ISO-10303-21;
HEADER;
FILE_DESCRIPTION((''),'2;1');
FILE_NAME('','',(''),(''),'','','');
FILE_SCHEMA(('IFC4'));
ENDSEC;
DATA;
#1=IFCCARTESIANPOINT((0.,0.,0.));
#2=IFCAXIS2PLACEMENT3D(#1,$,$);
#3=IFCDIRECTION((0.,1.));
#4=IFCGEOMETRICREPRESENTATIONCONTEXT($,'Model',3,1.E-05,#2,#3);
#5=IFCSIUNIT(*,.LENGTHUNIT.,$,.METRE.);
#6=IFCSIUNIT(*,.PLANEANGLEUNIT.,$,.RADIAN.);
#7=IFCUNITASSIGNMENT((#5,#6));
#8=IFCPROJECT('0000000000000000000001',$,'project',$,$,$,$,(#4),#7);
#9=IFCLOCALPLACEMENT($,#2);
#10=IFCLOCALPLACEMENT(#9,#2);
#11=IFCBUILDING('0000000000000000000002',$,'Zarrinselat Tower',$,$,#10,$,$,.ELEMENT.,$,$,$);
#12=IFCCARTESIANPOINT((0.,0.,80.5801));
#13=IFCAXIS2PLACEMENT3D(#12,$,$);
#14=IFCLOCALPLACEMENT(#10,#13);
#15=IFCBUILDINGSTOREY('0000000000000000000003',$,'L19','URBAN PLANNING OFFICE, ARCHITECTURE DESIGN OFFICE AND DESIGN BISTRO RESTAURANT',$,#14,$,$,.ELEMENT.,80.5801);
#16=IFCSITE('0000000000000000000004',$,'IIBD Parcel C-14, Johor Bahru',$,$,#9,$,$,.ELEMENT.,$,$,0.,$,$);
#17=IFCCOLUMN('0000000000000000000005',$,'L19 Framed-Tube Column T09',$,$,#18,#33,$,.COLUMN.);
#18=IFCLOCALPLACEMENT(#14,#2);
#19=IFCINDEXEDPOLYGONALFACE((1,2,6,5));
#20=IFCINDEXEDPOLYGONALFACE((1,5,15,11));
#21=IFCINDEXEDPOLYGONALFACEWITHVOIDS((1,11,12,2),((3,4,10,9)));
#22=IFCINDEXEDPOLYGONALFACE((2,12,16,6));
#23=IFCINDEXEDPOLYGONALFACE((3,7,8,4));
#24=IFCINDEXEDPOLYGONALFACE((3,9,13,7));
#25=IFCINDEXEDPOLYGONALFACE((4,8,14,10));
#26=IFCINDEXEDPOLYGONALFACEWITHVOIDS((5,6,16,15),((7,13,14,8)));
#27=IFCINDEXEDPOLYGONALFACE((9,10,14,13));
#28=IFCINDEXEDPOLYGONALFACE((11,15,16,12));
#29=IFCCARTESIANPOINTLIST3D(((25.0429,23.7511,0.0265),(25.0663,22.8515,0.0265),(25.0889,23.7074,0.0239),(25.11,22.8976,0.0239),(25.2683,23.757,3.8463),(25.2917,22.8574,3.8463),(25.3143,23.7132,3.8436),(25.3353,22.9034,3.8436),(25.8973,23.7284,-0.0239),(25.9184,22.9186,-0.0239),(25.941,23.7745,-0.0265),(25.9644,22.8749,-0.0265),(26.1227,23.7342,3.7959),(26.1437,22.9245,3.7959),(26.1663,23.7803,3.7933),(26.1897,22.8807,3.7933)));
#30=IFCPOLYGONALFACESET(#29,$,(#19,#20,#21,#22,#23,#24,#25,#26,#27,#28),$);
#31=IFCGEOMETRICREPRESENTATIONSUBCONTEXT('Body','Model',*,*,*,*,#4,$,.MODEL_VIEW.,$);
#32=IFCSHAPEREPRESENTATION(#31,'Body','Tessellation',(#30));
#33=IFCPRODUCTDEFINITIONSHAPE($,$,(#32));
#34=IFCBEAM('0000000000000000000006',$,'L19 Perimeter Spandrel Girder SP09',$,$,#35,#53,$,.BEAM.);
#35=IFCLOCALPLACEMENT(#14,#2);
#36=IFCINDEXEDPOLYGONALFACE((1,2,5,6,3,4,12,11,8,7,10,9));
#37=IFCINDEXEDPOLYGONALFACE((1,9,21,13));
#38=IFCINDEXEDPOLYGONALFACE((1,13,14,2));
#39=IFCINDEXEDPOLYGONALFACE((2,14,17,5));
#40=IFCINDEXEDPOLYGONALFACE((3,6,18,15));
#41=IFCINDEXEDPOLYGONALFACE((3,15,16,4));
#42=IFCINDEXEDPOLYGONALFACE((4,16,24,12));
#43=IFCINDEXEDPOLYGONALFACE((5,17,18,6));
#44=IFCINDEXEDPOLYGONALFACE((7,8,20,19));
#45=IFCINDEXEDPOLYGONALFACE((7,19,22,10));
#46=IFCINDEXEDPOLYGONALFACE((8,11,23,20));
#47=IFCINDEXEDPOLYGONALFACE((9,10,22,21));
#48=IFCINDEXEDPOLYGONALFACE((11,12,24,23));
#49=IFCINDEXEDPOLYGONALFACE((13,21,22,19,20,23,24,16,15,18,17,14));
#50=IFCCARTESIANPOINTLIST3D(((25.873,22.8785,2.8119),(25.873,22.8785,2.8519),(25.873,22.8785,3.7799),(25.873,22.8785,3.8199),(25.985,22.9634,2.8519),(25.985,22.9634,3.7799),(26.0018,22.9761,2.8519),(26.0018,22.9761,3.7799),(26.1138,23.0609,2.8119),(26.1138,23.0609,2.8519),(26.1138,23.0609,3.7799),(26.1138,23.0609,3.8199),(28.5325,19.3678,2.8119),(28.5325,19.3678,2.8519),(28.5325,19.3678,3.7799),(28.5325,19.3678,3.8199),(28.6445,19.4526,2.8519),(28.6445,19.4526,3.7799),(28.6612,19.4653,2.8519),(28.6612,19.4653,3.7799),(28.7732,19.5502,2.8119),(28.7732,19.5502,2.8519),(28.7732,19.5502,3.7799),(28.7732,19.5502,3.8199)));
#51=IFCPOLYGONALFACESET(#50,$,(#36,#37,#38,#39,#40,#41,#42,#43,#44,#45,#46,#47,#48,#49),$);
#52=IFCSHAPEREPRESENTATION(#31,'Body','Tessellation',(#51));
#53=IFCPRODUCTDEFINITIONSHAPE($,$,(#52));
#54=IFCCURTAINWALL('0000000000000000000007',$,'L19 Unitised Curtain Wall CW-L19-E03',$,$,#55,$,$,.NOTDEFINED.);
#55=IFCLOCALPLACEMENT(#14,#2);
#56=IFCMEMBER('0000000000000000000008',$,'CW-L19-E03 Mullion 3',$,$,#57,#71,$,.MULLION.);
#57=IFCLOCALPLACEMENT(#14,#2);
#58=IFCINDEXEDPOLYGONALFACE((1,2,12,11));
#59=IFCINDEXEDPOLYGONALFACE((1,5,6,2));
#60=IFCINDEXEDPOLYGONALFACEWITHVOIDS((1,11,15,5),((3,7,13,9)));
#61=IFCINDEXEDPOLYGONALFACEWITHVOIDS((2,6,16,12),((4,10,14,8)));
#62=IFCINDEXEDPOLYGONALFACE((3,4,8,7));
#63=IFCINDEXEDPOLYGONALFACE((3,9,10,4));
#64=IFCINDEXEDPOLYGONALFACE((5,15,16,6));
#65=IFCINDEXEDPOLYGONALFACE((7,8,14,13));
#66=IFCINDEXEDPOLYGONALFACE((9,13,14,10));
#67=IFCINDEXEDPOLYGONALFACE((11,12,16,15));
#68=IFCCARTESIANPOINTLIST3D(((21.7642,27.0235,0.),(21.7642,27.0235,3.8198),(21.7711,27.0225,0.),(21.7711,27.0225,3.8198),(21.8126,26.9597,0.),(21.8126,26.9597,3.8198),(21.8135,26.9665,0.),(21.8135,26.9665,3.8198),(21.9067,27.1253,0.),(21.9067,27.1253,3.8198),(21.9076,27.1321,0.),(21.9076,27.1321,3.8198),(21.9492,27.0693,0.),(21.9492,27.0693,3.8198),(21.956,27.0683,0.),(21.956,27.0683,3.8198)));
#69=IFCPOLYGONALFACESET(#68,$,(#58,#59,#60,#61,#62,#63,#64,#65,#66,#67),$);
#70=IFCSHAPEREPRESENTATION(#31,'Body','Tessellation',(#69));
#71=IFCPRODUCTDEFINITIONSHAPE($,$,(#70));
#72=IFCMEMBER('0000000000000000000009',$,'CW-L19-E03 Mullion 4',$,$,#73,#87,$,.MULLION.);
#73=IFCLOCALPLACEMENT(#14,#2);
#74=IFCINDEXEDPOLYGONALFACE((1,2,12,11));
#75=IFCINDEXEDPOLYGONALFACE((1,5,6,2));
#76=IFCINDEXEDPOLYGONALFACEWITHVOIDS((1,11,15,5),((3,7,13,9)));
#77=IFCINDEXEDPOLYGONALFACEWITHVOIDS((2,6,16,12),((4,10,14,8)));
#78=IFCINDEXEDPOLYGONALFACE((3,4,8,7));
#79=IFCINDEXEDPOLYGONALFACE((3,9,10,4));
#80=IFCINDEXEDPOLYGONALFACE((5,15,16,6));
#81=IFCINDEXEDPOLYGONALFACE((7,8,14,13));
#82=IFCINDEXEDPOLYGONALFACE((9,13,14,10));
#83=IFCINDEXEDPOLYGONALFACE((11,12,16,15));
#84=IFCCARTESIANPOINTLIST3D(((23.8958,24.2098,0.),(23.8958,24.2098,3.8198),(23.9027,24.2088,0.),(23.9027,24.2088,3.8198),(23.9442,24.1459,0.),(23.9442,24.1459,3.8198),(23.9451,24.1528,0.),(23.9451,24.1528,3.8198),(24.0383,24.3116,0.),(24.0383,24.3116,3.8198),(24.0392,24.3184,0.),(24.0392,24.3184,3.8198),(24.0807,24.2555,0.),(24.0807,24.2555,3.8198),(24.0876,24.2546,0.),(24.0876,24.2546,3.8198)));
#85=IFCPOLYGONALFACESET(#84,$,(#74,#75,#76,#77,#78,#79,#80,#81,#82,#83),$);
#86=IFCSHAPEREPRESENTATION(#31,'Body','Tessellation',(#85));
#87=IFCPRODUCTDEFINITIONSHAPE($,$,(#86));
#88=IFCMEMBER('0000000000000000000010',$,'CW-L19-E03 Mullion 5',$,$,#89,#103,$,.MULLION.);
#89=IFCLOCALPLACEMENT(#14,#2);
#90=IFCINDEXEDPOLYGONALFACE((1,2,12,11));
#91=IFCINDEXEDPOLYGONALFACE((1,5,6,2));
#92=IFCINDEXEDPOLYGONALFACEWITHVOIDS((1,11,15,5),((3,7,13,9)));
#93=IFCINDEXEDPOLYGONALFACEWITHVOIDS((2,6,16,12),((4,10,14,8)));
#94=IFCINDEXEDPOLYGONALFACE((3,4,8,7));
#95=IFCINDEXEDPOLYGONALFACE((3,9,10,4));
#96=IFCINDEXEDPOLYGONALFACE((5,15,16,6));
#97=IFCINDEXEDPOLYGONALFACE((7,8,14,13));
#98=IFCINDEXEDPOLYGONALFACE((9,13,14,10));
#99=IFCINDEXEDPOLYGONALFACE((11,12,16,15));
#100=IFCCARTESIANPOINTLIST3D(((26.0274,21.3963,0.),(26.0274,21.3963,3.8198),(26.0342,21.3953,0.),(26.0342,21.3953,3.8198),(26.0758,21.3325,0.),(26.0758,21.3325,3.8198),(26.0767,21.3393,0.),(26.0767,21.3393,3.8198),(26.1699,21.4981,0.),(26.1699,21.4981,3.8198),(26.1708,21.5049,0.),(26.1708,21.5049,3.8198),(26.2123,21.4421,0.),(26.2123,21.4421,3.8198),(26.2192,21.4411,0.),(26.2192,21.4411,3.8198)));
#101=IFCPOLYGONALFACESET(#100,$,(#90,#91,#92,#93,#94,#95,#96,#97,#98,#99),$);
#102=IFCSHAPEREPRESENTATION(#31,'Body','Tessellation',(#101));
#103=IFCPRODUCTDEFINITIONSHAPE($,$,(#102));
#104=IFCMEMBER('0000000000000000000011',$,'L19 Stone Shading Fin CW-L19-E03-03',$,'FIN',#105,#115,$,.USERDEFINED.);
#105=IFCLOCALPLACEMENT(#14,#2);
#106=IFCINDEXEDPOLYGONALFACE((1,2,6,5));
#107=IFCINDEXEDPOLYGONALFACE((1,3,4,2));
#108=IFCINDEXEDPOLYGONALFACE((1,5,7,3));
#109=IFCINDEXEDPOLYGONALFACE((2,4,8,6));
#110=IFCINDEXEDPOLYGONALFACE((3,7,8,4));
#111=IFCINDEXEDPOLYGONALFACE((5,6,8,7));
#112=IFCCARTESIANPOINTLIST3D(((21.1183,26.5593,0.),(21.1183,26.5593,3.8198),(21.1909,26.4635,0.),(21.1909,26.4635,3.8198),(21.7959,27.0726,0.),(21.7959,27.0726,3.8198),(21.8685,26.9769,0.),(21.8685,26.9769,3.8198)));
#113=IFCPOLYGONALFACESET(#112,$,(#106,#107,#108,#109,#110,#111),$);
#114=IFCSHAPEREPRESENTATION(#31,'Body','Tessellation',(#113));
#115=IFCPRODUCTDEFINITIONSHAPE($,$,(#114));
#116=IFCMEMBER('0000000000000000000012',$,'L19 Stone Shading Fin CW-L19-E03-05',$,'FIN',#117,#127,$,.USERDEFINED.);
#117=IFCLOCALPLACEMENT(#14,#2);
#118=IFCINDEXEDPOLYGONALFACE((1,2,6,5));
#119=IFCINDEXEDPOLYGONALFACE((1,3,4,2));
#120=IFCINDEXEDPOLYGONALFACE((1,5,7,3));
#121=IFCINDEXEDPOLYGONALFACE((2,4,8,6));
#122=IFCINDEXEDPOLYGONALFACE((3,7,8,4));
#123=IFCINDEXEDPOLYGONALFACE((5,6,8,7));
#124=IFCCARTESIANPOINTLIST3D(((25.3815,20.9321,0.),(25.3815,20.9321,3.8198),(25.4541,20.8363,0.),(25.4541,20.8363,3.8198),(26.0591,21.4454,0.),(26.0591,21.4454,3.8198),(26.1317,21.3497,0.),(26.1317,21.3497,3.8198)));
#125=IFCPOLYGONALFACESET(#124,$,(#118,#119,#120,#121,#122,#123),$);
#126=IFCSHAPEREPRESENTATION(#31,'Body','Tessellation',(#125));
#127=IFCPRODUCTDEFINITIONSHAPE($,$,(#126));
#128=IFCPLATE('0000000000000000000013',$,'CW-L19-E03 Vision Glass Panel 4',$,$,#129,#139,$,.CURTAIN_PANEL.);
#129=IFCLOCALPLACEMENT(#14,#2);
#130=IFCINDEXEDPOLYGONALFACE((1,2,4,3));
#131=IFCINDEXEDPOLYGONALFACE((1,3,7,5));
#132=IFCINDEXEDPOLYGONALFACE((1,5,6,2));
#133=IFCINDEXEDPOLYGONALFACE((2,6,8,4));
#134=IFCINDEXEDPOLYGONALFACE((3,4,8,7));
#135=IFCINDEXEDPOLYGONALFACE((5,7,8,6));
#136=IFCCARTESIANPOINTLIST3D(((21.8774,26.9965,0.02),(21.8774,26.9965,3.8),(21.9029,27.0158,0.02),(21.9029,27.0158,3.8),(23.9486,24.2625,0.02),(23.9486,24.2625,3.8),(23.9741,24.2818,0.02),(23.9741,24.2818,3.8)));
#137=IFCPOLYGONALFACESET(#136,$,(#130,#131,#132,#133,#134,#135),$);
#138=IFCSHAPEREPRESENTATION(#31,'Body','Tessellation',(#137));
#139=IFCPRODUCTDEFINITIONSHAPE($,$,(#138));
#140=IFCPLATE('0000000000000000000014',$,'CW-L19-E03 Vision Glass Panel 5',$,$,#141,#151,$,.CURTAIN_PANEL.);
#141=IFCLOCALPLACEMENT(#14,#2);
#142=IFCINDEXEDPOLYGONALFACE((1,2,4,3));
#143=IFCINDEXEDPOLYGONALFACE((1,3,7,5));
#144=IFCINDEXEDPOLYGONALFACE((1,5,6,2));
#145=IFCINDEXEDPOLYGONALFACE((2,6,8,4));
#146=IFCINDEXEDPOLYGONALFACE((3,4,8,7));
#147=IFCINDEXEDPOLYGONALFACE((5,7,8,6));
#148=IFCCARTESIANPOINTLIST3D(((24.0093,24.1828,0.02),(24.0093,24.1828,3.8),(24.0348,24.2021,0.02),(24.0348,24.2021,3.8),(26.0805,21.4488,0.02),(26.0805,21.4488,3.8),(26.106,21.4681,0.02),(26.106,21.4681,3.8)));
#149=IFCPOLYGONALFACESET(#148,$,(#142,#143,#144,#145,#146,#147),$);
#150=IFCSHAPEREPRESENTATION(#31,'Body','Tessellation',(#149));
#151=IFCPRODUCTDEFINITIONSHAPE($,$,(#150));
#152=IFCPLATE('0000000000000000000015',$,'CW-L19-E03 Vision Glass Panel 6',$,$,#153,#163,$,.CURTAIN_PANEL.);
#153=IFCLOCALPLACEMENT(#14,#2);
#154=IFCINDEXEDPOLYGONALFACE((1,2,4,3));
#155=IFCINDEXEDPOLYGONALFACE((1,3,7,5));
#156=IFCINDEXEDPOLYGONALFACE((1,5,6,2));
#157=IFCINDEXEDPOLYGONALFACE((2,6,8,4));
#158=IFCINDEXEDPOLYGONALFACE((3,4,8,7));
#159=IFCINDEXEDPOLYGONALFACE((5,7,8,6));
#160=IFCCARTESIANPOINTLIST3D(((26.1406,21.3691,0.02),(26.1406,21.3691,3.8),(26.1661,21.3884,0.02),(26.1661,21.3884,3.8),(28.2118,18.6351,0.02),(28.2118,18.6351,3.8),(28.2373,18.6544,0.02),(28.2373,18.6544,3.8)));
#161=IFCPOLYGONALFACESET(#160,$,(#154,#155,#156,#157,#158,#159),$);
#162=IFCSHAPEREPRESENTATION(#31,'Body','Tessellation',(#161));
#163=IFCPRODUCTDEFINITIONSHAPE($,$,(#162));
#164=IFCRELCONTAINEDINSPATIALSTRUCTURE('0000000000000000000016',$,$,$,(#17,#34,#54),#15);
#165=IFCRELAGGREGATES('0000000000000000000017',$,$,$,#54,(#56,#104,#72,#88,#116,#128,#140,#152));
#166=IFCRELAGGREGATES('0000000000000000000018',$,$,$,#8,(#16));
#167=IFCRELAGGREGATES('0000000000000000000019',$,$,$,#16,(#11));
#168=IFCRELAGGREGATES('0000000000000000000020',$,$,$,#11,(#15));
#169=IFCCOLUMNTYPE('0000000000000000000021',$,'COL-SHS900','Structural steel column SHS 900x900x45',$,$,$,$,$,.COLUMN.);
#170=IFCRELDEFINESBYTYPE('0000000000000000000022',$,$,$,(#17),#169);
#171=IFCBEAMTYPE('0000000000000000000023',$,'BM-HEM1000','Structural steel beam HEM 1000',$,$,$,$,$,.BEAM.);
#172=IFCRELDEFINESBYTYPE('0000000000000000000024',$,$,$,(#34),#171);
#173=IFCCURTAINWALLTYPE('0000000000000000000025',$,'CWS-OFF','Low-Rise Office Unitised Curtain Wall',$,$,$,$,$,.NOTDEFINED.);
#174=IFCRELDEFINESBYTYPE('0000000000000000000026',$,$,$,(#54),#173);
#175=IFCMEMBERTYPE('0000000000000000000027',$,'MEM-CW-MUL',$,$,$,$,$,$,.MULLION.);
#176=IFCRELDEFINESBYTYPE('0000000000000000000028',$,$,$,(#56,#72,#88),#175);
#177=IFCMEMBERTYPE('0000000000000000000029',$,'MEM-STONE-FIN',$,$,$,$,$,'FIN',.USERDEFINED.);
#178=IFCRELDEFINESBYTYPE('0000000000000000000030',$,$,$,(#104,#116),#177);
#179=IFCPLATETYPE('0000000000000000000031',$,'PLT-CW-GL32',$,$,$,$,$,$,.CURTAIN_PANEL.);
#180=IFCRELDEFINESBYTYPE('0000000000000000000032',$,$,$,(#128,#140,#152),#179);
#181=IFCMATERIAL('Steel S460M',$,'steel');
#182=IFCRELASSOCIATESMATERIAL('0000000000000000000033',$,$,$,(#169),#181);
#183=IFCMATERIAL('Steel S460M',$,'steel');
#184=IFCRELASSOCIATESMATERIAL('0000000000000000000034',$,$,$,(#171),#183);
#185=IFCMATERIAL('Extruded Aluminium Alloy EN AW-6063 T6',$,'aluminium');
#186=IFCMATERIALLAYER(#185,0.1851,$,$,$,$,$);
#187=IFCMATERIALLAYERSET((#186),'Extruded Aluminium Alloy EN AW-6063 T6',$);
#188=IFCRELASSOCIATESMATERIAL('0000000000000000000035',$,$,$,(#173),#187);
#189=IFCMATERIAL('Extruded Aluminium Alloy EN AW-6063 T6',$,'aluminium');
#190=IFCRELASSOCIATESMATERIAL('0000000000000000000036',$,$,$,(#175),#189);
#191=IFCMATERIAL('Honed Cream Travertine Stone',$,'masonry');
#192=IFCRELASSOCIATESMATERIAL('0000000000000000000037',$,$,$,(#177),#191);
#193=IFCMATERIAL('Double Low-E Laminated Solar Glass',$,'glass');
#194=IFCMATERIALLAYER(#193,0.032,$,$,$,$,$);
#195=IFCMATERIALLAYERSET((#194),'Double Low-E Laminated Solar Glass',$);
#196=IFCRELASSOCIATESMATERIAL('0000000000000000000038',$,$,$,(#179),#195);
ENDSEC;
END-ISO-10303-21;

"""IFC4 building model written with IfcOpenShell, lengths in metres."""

from ifc_helpers import new_model, si_unit, direction, frame, origin, origin_2d, place, context, subcontext, project, spatial, rectangle, hollow_rectangle, i_section, extrude, material, layer, layer_set, material_profile, profile_set, type_object, element, aggregate, save


model = new_model("IFC4")

# Units and contexts
model_context = context("Model", 3, precision=1e-05, world=origin(), true_north=direction((0.0, 1.0)))
body_context = subcontext(model_context, "Body", "Model", "MODEL_VIEW")
ifc_project = project(units=[si_unit("LENGTHUNIT", "METRE"), si_unit("PLANEANGLEUNIT", "RADIAN")], contexts=[model_context])

# Site, building, storey
site_placement = place(None, origin())
site = spatial("IfcSite", under=ifc_project, at=site_placement, Name="IIBD Parcel C-14, Johor Bahru", CompositionType="ELEMENT", RefElevation=0.0)
building_placement = place(site_placement, origin())
building = spatial("IfcBuilding", under=site, at=building_placement, Name="Zarrinselat Tower", CompositionType="ELEMENT")
storey_placement = place(building_placement, frame((0.0, 0.0, 80.5801)))
storey = spatial("IfcBuildingStorey", under=building, at=storey_placement, Name="L19", Description="URBAN PLANNING OFFICE, ARCHITECTURE DESIGN OFFICE AND DESIGN BISTRO RESTAURANT", CompositionType="ELEMENT", Elevation=80.5801)

# Column
ifc_material_1 = material(Name="Steel S460M", Category="steel")
ifc_material_profile_1 = material_profile(ifc_material_1, hollow_rectangle(XDim=0.8999, YDim=0.8999, WallThickness=0.0449, at=origin_2d()), Name="SHS 900x900x45")
ifc_profile_set_1 = profile_set([ifc_material_profile_1], Name="Steel S460M")
column_type = type_object("IfcColumnType", Name="COL-SHS900", Description="Structural steel column SHS 900x900x45", PredefinedType="COLUMN", material=ifc_profile_set_1)
column_placement = place(storey_placement, frame((25.5037, 23.313, 0.0), z_axis=(0.05889, 0.001531, 0.998263), x_axis=(-0.025993, 0.999662, 0.0)))
element("IfcColumn", 1, at=column_placement, inside=storey, type_object=column_type, Name="L19 Framed-Tube Column T09", PredefinedType="COLUMN", context=body_context, shape_type="SweptSolid", body=[
    extrude(hollow_rectangle(XDim=0.8999, YDim=0.8999, WallThickness=0.0449, at=origin_2d()), origin(), (0.0, 0.0, 1.0), 3.8264),
])

# Beam
ifc_material_2 = material(Name="Steel S460M", Category="steel")
ifc_material_profile_2 = material_profile(ifc_material_2, i_section(OverallWidth=0.302, OverallDepth=1.0081, WebThickness=0.021, FlangeThickness=0.04, at=origin_2d()), Name="HEM 1000")
ifc_profile_set_2 = profile_set([ifc_material_profile_2], Name="Steel S460M")
beam_type = type_object("IfcBeamType", Name="BM-HEM1000", Description="Structural steel beam HEM 1000", PredefinedType="BEAM", material=ifc_profile_set_2)
beam_placement = place(storey_placement, frame((25.9934, 22.9697, 3.3159), z_axis=(0.603825, -0.797117, 0.0), x_axis=(0.797117, 0.603825, 0.0)))
element("IfcBeam", 2, at=beam_placement, inside=storey, type_object=beam_type, Name="L19 Perimeter Spandrel Girder SP09", PredefinedType="BEAM", context=body_context, shape_type="SweptSolid", body=[
    extrude(i_section(OverallWidth=0.302, OverallDepth=1.0081, WebThickness=0.021, FlangeThickness=0.04, at=origin_2d()), origin(), (0.0, 0.0, 1.0), 4.4043),
])

# Curtain wall, members, plates
ifc_material_3 = material(Name="Extruded Aluminium Alloy EN AW-6063 T6", Category="aluminium")
ifc_layer_1 = layer(ifc_material_3, 0.1851)
ifc_layer_set_1 = layer_set([ifc_layer_1], Name="Extruded Aluminium Alloy EN AW-6063 T6")
curtain_wall_type = type_object("IfcCurtainWallType", Name="CWS-OFF", Description="Low-Rise Office Unitised Curtain Wall", PredefinedType="NOTDEFINED", material=ifc_layer_set_1)
curtain_wall_placement = place(storey_placement, origin())
curtain_wall = element("IfcCurtainWall", 3, at=curtain_wall_placement, inside=storey, type_object=curtain_wall_type, Name="L19 Unitised Curtain Wall CW-L19-E03", PredefinedType="NOTDEFINED")
ifc_material_4 = material(Name="Extruded Aluminium Alloy EN AW-6063 T6", Category="aluminium")
ifc_material_profile_3 = material_profile(ifc_material_4, hollow_rectangle(XDim=0.0801, YDim=0.1799, WallThickness=0.0049, at=origin_2d()), Name="RHS 180x80x5")
ifc_profile_set_3 = profile_set([ifc_material_profile_3], Name="Extruded Aluminium Alloy EN AW-6063 T6")
member_type_1 = type_object("IfcMemberType", Name="MEM-CW-MUL", PredefinedType="MULLION", material=ifc_profile_set_3)
member_1_placement = place(storey_placement, frame((21.8601, 27.0459, 0.0), z_axis=(0.0, 0.0, 1.0), x_axis=(0.603855, -0.797094, 0.0)))
member_1 = element("IfcMember", 4, at=member_1_placement, type_object=member_type_1, Name="CW-L19-E03 Mullion 3", PredefinedType="MULLION", context=body_context, shape_type="SweptSolid", body=[
    extrude(hollow_rectangle(XDim=0.0801, YDim=0.1799, WallThickness=0.0049, at=origin_2d()), origin(), (0.0, 0.0, 1.0), 3.8198),
])
member_2_placement = place(storey_placement, frame((23.9917, 24.2322, 0.0), z_axis=(0.0, 0.0, 1.0), x_axis=(0.603855, -0.797094, 0.0)))
member_2 = element("IfcMember", 5, at=member_2_placement, type_object=member_type_1, Name="CW-L19-E03 Mullion 4", PredefinedType="MULLION", context=body_context, shape_type="SweptSolid", body=[
    extrude(hollow_rectangle(XDim=0.0801, YDim=0.1799, WallThickness=0.0049, at=origin_2d()), origin(), (0.0, 0.0, 1.0), 3.8198),
])
member_3_placement = place(storey_placement, frame((26.1233, 21.4187, 0.0), z_axis=(0.0, 0.0, 1.0), x_axis=(0.603855, -0.797094, 0.0)))
member_3 = element("IfcMember", 6, at=member_3_placement, type_object=member_type_1, Name="CW-L19-E03 Mullion 5", PredefinedType="MULLION", context=body_context, shape_type="SweptSolid", body=[
    extrude(hollow_rectangle(XDim=0.0801, YDim=0.1799, WallThickness=0.0049, at=origin_2d()), origin(), (0.0, 0.0, 1.0), 3.8198),
])
ifc_material_5 = material(Name="Honed Cream Travertine Stone", Category="masonry")
ifc_material_profile_4 = material_profile(ifc_material_5, rectangle(XDim=0.1201, YDim=0.8501, at=origin_2d()), Name="FIN 850x120")
ifc_profile_set_4 = profile_set([ifc_material_profile_4], Name="Honed Cream Travertine Stone")
member_type_2 = type_object("IfcMemberType", Name="MEM-STONE-FIN", ElementType="FIN", PredefinedType="USERDEFINED", material=ifc_profile_set_4)
member_4_placement = place(storey_placement, frame((21.4934, 26.7681, 0.0), z_axis=(0.0, 0.0, 1.0), x_axis=(-0.603855, 0.797094, 0.0)))
member_4 = element("IfcMember", 7, at=member_4_placement, type_object=member_type_2, Name="L19 Stone Shading Fin CW-L19-E03-03", ObjectType="FIN", PredefinedType="USERDEFINED", context=body_context, shape_type="SweptSolid", body=[
    extrude(rectangle(XDim=0.1201, YDim=0.8501, at=origin_2d()), origin(), (0.0, 0.0, 1.0), 3.8198),
])
member_5_placement = place(storey_placement, frame((25.7566, 21.1409, 0.0), z_axis=(0.0, 0.0, 1.0), x_axis=(-0.603855, 0.797094, 0.0)))
member_5 = element("IfcMember", 8, at=member_5_placement, type_object=member_type_2, Name="L19 Stone Shading Fin CW-L19-E03-05", ObjectType="FIN", PredefinedType="USERDEFINED", context=body_context, shape_type="SweptSolid", body=[
    extrude(rectangle(XDim=0.1201, YDim=0.8501, at=origin_2d()), origin(), (0.0, 0.0, 1.0), 3.8198),
])
ifc_material_6 = material(Name="Double Low-E Laminated Solar Glass", Category="glass")
ifc_layer_2 = layer(ifc_material_6, 0.032)
ifc_layer_set_2 = layer_set([ifc_layer_2], Name="Double Low-E Laminated Solar Glass")
plate_type = type_object("IfcPlateType", Name="PLT-CW-GL32", PredefinedType="CURTAIN_PANEL", material=ifc_layer_set_2)
plate_1_placement = place(storey_placement, frame((22.9258, 25.6392, 0.02), z_axis=(0.0, 0.0, 1.0), x_axis=(0.603855, -0.797094, 0.0)))
plate_1 = element("IfcPlate", 9, at=plate_1_placement, type_object=plate_type, Name="CW-L19-E03 Vision Glass Panel 4", PredefinedType="CURTAIN_PANEL", context=body_context, shape_type="SweptSolid", body=[
    extrude(rectangle(XDim=3.4299, YDim=0.032, at=origin_2d()), origin(), (0.0, 0.0, 1.0), 3.78),
])
plate_2_placement = place(storey_placement, frame((25.0576, 22.8254, 0.02), z_axis=(0.0, 0.0, 1.0), x_axis=(0.603855, -0.797094, 0.0)))
plate_2 = element("IfcPlate", 10, at=plate_2_placement, type_object=plate_type, Name="CW-L19-E03 Vision Glass Panel 5", PredefinedType="CURTAIN_PANEL", context=body_context, shape_type="SweptSolid", body=[
    extrude(rectangle(XDim=3.4299, YDim=0.032, at=origin_2d()), origin(), (0.0, 0.0, 1.0), 3.78),
])
plate_3_placement = place(storey_placement, frame((27.189, 20.0117, 0.02), z_axis=(0.0, 0.0, 1.0), x_axis=(0.603855, -0.797094, 0.0)))
plate_3 = element("IfcPlate", 11, at=plate_3_placement, type_object=plate_type, Name="CW-L19-E03 Vision Glass Panel 6", PredefinedType="CURTAIN_PANEL", context=body_context, shape_type="SweptSolid", body=[
    extrude(rectangle(XDim=3.4299, YDim=0.032, at=origin_2d()), origin(), (0.0, 0.0, 1.0), 3.78),
])
aggregate(curtain_wall, [member_1, member_4, member_2, member_3, member_5, plate_1, plate_2, plate_3])

save(model, "model.ifc")
